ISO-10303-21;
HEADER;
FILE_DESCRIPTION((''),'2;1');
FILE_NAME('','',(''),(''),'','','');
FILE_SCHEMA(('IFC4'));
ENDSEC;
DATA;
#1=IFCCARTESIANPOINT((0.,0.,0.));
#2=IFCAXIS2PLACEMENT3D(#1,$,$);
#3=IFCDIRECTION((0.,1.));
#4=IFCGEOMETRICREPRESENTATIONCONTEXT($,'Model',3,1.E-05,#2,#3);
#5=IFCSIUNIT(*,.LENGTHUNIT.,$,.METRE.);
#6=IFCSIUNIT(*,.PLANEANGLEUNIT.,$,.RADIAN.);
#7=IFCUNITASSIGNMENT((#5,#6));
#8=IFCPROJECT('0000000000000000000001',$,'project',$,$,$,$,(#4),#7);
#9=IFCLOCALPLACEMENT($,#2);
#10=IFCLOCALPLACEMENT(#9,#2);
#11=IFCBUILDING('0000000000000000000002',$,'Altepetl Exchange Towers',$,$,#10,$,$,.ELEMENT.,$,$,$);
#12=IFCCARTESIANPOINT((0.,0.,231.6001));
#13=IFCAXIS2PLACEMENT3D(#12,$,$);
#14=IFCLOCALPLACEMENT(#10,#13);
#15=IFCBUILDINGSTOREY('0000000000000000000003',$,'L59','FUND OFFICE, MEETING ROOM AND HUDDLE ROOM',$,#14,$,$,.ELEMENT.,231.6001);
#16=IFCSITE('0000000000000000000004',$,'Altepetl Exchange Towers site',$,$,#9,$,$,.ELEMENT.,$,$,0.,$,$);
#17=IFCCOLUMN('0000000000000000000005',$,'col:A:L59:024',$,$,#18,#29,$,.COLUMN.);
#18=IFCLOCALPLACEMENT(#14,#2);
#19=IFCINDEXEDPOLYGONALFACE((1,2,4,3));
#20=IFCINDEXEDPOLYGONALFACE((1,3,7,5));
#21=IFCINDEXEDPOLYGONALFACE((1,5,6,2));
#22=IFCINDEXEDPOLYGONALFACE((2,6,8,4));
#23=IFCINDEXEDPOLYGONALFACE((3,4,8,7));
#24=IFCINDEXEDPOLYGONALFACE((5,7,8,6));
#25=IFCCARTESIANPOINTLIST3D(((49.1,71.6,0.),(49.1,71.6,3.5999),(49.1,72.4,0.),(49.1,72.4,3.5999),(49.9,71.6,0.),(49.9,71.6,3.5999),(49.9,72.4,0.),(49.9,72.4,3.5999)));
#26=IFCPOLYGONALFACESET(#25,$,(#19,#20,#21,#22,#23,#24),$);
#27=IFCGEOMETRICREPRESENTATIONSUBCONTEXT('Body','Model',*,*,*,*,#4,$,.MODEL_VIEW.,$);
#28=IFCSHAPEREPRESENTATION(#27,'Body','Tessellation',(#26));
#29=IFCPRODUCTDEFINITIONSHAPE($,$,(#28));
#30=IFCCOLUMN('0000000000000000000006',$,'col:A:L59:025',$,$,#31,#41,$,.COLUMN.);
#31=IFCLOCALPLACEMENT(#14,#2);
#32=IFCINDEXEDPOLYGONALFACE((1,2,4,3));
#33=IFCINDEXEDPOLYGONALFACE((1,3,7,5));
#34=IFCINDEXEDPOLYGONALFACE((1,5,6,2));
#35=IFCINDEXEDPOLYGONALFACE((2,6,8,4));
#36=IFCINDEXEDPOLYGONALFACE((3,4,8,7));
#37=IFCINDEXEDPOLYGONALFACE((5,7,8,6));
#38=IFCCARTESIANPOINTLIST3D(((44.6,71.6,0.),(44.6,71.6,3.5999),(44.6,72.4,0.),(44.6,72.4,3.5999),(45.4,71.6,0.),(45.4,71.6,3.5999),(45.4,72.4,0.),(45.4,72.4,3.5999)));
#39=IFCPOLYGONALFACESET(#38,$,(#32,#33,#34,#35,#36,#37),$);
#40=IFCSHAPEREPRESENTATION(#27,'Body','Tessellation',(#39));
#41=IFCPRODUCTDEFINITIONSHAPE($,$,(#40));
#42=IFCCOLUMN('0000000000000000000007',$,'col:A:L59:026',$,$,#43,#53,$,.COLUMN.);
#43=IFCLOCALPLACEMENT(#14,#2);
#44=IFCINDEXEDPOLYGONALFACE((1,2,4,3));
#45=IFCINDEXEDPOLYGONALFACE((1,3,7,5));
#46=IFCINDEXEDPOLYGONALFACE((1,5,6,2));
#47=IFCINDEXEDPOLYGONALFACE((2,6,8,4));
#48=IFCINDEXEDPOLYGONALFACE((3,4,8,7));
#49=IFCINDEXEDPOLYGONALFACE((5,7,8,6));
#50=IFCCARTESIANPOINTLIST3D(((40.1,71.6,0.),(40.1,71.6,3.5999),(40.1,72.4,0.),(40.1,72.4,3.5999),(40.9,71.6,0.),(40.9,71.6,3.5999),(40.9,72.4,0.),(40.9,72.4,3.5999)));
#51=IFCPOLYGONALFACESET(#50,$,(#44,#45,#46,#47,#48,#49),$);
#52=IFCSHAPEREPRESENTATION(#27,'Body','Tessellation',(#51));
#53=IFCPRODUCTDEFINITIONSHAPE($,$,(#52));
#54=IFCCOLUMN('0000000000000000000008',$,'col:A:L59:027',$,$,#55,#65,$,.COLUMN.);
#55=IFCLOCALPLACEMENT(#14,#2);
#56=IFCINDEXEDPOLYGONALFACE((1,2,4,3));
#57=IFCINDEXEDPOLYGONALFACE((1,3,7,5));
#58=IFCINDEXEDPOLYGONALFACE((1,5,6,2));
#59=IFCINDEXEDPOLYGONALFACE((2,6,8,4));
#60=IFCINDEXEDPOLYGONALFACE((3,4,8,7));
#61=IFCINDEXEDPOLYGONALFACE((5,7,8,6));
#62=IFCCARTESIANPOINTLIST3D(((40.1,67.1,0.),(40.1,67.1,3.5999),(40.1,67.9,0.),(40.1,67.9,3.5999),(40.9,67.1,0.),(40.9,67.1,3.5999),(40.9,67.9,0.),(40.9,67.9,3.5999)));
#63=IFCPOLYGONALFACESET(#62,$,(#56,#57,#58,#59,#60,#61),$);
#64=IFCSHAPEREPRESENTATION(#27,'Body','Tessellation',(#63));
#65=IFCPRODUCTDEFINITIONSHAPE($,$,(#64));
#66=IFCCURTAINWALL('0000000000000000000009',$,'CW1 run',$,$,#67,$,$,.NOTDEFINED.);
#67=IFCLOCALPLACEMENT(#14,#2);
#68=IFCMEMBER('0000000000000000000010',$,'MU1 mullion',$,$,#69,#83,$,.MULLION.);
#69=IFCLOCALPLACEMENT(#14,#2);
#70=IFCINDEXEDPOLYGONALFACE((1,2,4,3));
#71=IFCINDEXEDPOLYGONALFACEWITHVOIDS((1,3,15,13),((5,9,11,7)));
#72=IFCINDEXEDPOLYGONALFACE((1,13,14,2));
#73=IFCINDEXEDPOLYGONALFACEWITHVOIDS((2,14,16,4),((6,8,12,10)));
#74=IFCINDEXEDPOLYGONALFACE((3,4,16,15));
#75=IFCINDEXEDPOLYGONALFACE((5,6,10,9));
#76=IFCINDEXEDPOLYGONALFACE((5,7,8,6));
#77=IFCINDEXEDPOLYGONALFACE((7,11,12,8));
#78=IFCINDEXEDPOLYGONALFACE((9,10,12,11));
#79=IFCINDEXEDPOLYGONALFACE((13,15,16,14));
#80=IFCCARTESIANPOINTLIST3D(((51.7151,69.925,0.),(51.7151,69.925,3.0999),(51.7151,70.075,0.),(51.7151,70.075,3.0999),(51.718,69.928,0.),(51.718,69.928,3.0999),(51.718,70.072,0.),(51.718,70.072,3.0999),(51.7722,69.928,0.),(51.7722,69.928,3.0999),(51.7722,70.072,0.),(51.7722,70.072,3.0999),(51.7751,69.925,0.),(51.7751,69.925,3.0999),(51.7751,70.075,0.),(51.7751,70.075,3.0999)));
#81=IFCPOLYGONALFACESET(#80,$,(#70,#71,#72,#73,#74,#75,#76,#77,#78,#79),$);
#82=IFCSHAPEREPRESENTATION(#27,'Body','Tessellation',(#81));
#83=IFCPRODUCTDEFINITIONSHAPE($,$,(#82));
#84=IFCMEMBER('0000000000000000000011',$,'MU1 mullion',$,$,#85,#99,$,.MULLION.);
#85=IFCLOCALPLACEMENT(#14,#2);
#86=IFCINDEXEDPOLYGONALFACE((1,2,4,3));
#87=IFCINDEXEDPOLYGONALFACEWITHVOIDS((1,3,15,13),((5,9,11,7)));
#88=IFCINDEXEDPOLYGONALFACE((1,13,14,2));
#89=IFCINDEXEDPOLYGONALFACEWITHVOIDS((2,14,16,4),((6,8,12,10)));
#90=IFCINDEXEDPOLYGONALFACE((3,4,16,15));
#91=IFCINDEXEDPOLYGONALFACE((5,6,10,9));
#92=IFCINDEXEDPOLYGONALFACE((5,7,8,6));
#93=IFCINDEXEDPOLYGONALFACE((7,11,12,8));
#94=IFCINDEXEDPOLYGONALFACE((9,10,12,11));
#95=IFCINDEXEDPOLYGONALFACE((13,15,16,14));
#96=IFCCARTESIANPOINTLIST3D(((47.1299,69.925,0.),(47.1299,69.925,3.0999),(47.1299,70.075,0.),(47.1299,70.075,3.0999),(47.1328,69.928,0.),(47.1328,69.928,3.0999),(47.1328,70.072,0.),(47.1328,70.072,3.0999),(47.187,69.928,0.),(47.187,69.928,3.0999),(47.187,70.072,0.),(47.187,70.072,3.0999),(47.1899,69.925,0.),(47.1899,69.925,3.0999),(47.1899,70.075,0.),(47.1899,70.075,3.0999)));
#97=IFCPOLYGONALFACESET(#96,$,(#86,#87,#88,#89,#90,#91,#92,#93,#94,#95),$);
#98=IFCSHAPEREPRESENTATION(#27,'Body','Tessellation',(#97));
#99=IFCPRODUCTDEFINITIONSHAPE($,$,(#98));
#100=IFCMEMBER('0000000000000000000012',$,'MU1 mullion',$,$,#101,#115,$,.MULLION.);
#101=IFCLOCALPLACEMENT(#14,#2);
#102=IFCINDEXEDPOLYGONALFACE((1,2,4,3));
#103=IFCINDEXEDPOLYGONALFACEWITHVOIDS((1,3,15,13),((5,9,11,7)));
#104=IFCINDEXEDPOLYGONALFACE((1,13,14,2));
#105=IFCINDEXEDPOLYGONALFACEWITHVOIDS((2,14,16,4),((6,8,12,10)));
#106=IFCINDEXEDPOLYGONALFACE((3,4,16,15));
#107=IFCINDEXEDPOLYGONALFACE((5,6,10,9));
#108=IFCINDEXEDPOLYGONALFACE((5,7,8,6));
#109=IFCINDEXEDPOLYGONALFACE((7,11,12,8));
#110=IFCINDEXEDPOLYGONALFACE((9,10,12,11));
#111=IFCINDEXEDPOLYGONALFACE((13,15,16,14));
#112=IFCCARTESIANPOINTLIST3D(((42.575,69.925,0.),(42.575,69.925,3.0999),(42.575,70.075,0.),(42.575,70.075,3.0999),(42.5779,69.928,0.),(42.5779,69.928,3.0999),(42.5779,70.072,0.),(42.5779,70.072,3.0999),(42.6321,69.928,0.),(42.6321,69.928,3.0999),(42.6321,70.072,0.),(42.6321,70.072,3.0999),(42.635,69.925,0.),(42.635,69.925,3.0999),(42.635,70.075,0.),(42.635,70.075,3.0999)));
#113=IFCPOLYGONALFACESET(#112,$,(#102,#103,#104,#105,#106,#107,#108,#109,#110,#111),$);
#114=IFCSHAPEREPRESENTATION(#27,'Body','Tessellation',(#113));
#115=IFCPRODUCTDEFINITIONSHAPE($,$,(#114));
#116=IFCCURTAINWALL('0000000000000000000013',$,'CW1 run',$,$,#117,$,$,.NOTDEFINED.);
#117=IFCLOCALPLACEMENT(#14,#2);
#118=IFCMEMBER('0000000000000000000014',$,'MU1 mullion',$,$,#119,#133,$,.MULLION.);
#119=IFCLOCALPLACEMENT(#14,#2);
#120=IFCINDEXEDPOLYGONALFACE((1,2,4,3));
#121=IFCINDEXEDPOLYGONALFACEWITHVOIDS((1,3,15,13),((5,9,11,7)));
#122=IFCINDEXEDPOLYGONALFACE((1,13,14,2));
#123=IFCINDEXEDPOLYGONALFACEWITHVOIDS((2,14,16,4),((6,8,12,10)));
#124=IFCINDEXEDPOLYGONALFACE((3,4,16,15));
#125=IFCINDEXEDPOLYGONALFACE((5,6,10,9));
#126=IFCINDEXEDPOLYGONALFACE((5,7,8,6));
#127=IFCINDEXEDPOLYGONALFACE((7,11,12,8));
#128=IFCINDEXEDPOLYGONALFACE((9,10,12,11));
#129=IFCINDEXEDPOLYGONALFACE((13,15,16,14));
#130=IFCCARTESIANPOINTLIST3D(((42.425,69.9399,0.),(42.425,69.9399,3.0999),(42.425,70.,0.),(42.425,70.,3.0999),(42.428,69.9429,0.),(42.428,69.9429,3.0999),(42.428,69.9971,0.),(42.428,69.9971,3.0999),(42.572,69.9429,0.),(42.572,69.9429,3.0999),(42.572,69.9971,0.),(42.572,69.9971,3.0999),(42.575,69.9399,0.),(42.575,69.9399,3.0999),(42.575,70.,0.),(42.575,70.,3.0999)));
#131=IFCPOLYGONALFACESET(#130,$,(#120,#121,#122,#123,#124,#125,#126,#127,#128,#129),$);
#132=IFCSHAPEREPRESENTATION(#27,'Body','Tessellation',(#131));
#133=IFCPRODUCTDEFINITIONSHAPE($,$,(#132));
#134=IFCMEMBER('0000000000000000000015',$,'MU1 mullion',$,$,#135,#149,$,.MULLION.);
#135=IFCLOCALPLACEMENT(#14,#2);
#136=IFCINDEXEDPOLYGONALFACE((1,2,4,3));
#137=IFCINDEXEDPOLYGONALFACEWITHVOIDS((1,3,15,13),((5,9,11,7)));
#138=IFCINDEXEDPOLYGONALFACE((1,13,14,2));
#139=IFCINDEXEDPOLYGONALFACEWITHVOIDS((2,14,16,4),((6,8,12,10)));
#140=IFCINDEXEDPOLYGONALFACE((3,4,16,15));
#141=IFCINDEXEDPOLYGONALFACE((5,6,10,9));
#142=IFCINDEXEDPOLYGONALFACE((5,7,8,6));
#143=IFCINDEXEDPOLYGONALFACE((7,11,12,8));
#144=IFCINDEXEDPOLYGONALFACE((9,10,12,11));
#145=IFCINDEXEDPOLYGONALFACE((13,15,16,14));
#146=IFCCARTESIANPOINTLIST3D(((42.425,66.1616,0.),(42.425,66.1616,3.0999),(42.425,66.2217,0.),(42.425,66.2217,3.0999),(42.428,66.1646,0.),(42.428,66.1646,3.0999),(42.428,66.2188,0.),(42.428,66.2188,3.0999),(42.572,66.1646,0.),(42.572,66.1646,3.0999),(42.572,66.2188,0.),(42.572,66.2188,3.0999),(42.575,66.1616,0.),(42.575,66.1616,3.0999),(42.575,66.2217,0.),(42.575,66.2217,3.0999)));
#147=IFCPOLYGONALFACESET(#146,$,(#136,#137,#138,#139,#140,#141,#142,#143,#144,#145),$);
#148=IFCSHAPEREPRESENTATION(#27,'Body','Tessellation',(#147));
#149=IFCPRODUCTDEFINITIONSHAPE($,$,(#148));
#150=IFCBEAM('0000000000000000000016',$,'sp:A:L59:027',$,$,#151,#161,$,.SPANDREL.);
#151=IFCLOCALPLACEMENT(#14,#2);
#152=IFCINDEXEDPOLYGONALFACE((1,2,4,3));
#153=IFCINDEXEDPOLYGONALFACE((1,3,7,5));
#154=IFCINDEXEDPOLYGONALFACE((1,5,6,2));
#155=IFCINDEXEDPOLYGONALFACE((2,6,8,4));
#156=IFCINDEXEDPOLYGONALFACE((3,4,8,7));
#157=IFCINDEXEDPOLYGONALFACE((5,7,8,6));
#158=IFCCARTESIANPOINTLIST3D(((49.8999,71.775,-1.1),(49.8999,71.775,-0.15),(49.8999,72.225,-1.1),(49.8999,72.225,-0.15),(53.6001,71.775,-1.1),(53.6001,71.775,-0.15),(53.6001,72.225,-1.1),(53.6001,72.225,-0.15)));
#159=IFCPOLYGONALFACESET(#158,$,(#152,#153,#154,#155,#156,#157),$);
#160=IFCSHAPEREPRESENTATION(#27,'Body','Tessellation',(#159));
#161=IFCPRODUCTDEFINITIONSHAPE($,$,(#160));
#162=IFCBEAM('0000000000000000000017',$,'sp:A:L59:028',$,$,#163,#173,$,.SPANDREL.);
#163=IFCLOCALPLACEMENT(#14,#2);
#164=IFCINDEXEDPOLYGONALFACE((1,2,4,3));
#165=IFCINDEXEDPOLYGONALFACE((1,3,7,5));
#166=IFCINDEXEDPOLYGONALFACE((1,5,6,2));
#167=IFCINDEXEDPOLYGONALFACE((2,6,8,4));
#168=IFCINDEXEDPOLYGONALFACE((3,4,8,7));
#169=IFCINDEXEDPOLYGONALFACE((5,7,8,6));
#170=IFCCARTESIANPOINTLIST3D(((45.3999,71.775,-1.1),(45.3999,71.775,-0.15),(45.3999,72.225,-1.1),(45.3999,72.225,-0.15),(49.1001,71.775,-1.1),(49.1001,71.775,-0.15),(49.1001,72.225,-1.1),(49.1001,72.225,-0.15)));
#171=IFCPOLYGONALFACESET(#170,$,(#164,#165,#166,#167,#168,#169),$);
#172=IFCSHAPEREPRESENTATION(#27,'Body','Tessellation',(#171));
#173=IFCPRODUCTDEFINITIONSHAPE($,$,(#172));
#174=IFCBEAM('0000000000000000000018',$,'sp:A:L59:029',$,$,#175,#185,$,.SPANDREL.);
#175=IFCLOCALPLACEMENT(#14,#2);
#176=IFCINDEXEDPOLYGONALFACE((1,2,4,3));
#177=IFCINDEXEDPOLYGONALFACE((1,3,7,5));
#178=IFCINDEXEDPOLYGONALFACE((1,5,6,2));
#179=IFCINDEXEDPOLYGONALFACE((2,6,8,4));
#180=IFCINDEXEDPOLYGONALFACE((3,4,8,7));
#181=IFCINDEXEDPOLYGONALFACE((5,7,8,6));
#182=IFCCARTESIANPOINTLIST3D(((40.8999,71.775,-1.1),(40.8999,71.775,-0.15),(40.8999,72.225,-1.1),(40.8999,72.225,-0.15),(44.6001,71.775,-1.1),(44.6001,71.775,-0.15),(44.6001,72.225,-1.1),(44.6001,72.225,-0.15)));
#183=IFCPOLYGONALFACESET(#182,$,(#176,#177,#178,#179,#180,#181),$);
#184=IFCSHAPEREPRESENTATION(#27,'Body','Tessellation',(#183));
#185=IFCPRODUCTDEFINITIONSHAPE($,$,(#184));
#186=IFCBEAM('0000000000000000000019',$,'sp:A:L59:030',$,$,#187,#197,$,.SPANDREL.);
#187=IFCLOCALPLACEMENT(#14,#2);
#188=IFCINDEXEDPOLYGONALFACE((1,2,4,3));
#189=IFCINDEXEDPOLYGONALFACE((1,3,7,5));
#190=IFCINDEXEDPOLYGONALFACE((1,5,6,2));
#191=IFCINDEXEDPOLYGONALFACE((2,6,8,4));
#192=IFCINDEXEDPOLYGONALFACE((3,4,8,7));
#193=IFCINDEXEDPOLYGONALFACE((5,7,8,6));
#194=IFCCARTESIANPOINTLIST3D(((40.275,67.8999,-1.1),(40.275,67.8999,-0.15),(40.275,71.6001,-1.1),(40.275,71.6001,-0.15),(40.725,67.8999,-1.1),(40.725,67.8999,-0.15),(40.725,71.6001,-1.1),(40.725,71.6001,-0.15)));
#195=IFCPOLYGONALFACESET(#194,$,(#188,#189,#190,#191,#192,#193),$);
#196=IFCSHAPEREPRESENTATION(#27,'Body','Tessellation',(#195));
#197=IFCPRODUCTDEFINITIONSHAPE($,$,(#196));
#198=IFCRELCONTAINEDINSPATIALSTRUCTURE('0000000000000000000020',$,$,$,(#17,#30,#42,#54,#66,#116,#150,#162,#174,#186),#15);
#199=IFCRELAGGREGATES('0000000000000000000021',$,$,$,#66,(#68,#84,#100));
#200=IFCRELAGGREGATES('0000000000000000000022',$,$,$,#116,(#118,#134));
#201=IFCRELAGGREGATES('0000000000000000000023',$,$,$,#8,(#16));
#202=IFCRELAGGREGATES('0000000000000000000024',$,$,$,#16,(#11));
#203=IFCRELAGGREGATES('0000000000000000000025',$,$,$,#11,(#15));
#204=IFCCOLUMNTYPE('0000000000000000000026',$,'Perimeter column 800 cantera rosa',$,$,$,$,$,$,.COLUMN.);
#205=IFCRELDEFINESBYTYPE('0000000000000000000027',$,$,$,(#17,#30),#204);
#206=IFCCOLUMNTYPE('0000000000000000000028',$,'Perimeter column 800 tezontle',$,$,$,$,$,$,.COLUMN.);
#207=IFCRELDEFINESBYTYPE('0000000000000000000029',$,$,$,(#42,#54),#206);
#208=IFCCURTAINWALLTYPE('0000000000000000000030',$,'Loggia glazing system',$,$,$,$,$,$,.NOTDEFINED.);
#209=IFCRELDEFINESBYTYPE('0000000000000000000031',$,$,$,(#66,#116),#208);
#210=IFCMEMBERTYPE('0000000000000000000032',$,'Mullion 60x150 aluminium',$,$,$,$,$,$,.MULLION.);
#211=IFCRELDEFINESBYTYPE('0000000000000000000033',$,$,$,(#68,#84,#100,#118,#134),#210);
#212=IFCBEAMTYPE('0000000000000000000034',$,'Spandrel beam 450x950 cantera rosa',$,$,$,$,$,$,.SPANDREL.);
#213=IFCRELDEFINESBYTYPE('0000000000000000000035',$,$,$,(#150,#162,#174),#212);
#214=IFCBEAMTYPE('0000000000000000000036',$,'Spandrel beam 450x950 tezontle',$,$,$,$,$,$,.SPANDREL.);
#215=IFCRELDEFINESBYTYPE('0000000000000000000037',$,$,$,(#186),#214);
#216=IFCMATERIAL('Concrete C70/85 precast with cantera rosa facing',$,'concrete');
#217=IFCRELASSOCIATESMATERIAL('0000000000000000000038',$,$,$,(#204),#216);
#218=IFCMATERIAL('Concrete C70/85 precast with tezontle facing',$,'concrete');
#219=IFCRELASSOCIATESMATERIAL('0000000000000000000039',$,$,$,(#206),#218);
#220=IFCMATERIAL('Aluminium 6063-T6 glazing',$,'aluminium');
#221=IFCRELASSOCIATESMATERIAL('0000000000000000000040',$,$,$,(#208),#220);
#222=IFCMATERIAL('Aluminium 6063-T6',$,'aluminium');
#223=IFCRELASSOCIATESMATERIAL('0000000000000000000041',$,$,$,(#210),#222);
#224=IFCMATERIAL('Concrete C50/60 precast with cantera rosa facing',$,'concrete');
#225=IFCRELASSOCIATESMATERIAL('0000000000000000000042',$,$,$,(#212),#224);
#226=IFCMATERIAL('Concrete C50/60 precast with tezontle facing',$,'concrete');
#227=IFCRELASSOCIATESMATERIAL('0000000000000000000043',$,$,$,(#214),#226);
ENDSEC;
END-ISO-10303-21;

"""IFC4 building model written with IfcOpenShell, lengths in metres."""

from ifc_helpers import new_model, si_unit, direction, frame, origin, origin_2d, place, context, subcontext, project, spatial, rectangle, hollow_rectangle, extrude, material, material_profile, profile_set, type_object, element, aggregate, save


model = new_model("IFC4")

# Units and contexts
model_context = context("Model", 3, precision=1e-05, world=origin(), true_north=direction((0.0, 1.0)))
body_context = subcontext(model_context, "Body", "Model", "MODEL_VIEW")
ifc_project = project(units=[si_unit("LENGTHUNIT", "METRE"), si_unit("PLANEANGLEUNIT", "RADIAN")], contexts=[model_context])

# Site, building, storey
site_placement = place(None, origin())
site = spatial("IfcSite", under=ifc_project, at=site_placement, Name="Altepetl Exchange Towers site", CompositionType="ELEMENT", RefElevation=0.0)
building_placement = place(site_placement, origin())
building = spatial("IfcBuilding", under=site, at=building_placement, Name="Altepetl Exchange Towers", CompositionType="ELEMENT")
storey_placement = place(building_placement, frame((0.0, 0.0, 231.6001)))
storey = spatial("IfcBuildingStorey", under=building, at=storey_placement, Name="L59", Description="FUND OFFICE, MEETING ROOM AND HUDDLE ROOM", CompositionType="ELEMENT", Elevation=231.6001)

# Columns
ifc_material_1 = material(Name="Concrete C70/85 precast with cantera rosa facing", Category="concrete")
ifc_material_profile_1 = material_profile(ifc_material_1, rectangle(XDim=0.8, YDim=0.8, at=origin_2d()), Name="800 x 800")
ifc_profile_set_1 = profile_set([ifc_material_profile_1], Name="Concrete C70/85 precast with cantera rosa facing")
column_type_1 = type_object("IfcColumnType", Name="Perimeter column 800 cantera rosa", PredefinedType="COLUMN", material=ifc_profile_set_1)
for number, where, name in (
    (1, (49.5, 72.0, 0.0), "col:A:L59:024"),
    (2, (45.0, 72.0, 0.0), "col:A:L59:025"),
):
    element("IfcColumn", number, at=place(storey_placement, frame(where)), inside=storey, type_object=column_type_1, Name=name, PredefinedType="COLUMN", context=body_context, shape_type="SweptSolid", body=[
        extrude(rectangle(XDim=0.8, YDim=0.8, at=origin_2d()), origin(), (0.0, 0.0, 1.0), 3.5999),
    ])
ifc_material_2 = material(Name="Concrete C70/85 precast with tezontle facing", Category="concrete")
ifc_material_profile_2 = material_profile(ifc_material_2, rectangle(XDim=0.8, YDim=0.8, at=origin_2d()), Name="800 x 800")
ifc_profile_set_2 = profile_set([ifc_material_profile_2], Name="Concrete C70/85 precast with tezontle facing")
column_type_2 = type_object("IfcColumnType", Name="Perimeter column 800 tezontle", PredefinedType="COLUMN", material=ifc_profile_set_2)
for number, where, name in (
    (3, (40.5, 72.0, 0.0), "col:A:L59:026"),
    (4, (40.5, 67.5, 0.0), "col:A:L59:027"),
):
    element("IfcColumn", number, at=place(storey_placement, frame(where)), inside=storey, type_object=column_type_2, Name=name, PredefinedType="COLUMN", context=body_context, shape_type="SweptSolid", body=[
        extrude(rectangle(XDim=0.8, YDim=0.8, at=origin_2d()), origin(), (0.0, 0.0, 1.0), 3.5999),
    ])

# Curtain walls, members
ifc_material_3 = material(Name="Aluminium 6063-T6 glazing", Category="aluminium")
curtain_wall_type = type_object("IfcCurtainWallType", Name="Loggia glazing system", PredefinedType="NOTDEFINED", material=ifc_material_3)
curtain_wall_1_placement = place(storey_placement, origin())
curtain_wall_1 = element("IfcCurtainWall", 5, at=curtain_wall_1_placement, inside=storey, type_object=curtain_wall_type, Name="CW1 run", PredefinedType="NOTDEFINED")
ifc_material_4 = material(Name="Aluminium 6063-T6", Category="aluminium")
ifc_material_profile_3 = material_profile(ifc_material_4, hollow_rectangle(XDim=0.0601, YDim=0.1499, WallThickness=0.0029, at=origin_2d()), Name="Mullion 60x150 aluminium")
ifc_profile_set_3 = profile_set([ifc_material_profile_3], Name="Aluminium 6063-T6")
member_type = type_object("IfcMemberType", Name="Mullion 60x150 aluminium", PredefinedType="MULLION", material=ifc_profile_set_3)
member_1_placement = place(storey_placement, frame((51.7451, 70.0, 0.0), z_axis=(0.0, 0.0, 1.0), x_axis=(-1.0, 0.0, 0.0)))
member_1 = element("IfcMember", 6, at=member_1_placement, type_object=member_type, Name="MU1 mullion", PredefinedType="MULLION", context=body_context, shape_type="SweptSolid", body=[
    extrude(hollow_rectangle(XDim=0.0601, YDim=0.1499, WallThickness=0.0029, at=origin_2d()), origin(), (0.0, 0.0, 1.0), 3.0999),
])
member_2_placement = place(storey_placement, frame((47.1599, 70.0, 0.0), z_axis=(0.0, 0.0, 1.0), x_axis=(-1.0, 0.0, 0.0)))
member_2 = element("IfcMember", 7, at=member_2_placement, type_object=member_type, Name="MU1 mullion", PredefinedType="MULLION", context=body_context, shape_type="SweptSolid", body=[
    extrude(hollow_rectangle(XDim=0.0601, YDim=0.1499, WallThickness=0.0029, at=origin_2d()), origin(), (0.0, 0.0, 1.0), 3.0999),
])
member_3_placement = place(storey_placement, frame((42.605, 70.0, 0.0), z_axis=(0.0, 0.0, 1.0), x_axis=(-1.0, 0.0, 0.0)))
member_3 = element("IfcMember", 8, at=member_3_placement, type_object=member_type, Name="MU1 mullion", PredefinedType="MULLION", context=body_context, shape_type="SweptSolid", body=[
    extrude(hollow_rectangle(XDim=0.0601, YDim=0.1499, WallThickness=0.0029, at=origin_2d()), origin(), (0.0, 0.0, 1.0), 3.0999),
])
curtain_wall_2_placement = place(storey_placement, origin())
curtain_wall_2 = element("IfcCurtainWall", 9, at=curtain_wall_2_placement, inside=storey, type_object=curtain_wall_type, Name="CW1 run", PredefinedType="NOTDEFINED")
member_4_placement = place(storey_placement, frame((42.5, 69.97, 0.0), z_axis=(0.0, 0.0, 1.0), x_axis=(0.0, -1.0, 0.0)))
member_4 = element("IfcMember", 10, at=member_4_placement, type_object=member_type, Name="MU1 mullion", PredefinedType="MULLION", context=body_context, shape_type="SweptSolid", body=[
    extrude(hollow_rectangle(XDim=0.0601, YDim=0.1499, WallThickness=0.0029, at=origin_2d()), origin(), (0.0, 0.0, 1.0), 3.0999),
])
member_5_placement = place(storey_placement, frame((42.5, 66.1917, 0.0), z_axis=(0.0, 0.0, 1.0), x_axis=(0.0, -1.0, 0.0)))
member_5 = element("IfcMember", 11, at=member_5_placement, type_object=member_type, Name="MU1 mullion", PredefinedType="MULLION", context=body_context, shape_type="SweptSolid", body=[
    extrude(hollow_rectangle(XDim=0.0601, YDim=0.1499, WallThickness=0.0029, at=origin_2d()), origin(), (0.0, 0.0, 1.0), 3.0999),
])

# Beams
ifc_material_5 = material(Name="Concrete C50/60 precast with cantera rosa facing", Category="concrete")
ifc_material_profile_4 = material_profile(ifc_material_5, rectangle(XDim=0.45, YDim=0.95, at=origin_2d()), Name="450 x 950")
ifc_profile_set_4 = profile_set([ifc_material_profile_4], Name="Concrete C50/60 precast with cantera rosa facing")
beam_type_1 = type_object("IfcBeamType", Name="Spandrel beam 450x950 cantera rosa", PredefinedType="SPANDREL", material=ifc_profile_set_4)
for number, where, z_axis, x_axis, name in (
    (12, (53.6001, 72.0, -0.625), (-1.0, 0.0, 0.0), (0.0, -1.0, 0.0), "sp:A:L59:027"),
    (13, (49.1001, 72.0, -0.625), (-1.0, 0.0, 0.0), (0.0, -1.0, 0.0), "sp:A:L59:028"),
    (14, (44.6001, 72.0, -0.625), (-1.0, 0.0, 0.0), (0.0, -1.0, 0.0), "sp:A:L59:029"),
):
    element("IfcBeam", number, at=place(storey_placement, frame(where, z_axis=z_axis, x_axis=x_axis)), inside=storey, type_object=beam_type_1, Name=name, PredefinedType="SPANDREL", context=body_context, shape_type="SweptSolid", body=[
        extrude(rectangle(XDim=0.45, YDim=0.95, at=origin_2d()), origin(), (0.0, 0.0, 1.0), 3.7002),
    ])
ifc_material_6 = material(Name="Concrete C50/60 precast with tezontle facing", Category="concrete")
ifc_material_profile_5 = material_profile(ifc_material_6, rectangle(XDim=0.45, YDim=0.95, at=origin_2d()), Name="450 x 950")
ifc_profile_set_5 = profile_set([ifc_material_profile_5], Name="Concrete C50/60 precast with tezontle facing")
beam_type_2 = type_object("IfcBeamType", Name="Spandrel beam 450x950 tezontle", PredefinedType="SPANDREL", material=ifc_profile_set_5)
for number, where, z_axis, x_axis, name in (
    (15, (40.5, 71.6001, -0.625), (0.0, -1.0, 0.0), (1.0, 0.0, 0.0), "sp:A:L59:030"),
):
    element("IfcBeam", number, at=place(storey_placement, frame(where, z_axis=z_axis, x_axis=x_axis)), inside=storey, type_object=beam_type_2, Name=name, PredefinedType="SPANDREL", context=body_context, shape_type="SweptSolid", body=[
        extrude(rectangle(XDim=0.45, YDim=0.95, at=origin_2d()), origin(), (0.0, 0.0, 1.0), 3.7002),
    ])

aggregate(curtain_wall_1, [member_1, member_2, member_3])
aggregate(curtain_wall_2, [member_4, member_5])

save(model, "model.ifc")
